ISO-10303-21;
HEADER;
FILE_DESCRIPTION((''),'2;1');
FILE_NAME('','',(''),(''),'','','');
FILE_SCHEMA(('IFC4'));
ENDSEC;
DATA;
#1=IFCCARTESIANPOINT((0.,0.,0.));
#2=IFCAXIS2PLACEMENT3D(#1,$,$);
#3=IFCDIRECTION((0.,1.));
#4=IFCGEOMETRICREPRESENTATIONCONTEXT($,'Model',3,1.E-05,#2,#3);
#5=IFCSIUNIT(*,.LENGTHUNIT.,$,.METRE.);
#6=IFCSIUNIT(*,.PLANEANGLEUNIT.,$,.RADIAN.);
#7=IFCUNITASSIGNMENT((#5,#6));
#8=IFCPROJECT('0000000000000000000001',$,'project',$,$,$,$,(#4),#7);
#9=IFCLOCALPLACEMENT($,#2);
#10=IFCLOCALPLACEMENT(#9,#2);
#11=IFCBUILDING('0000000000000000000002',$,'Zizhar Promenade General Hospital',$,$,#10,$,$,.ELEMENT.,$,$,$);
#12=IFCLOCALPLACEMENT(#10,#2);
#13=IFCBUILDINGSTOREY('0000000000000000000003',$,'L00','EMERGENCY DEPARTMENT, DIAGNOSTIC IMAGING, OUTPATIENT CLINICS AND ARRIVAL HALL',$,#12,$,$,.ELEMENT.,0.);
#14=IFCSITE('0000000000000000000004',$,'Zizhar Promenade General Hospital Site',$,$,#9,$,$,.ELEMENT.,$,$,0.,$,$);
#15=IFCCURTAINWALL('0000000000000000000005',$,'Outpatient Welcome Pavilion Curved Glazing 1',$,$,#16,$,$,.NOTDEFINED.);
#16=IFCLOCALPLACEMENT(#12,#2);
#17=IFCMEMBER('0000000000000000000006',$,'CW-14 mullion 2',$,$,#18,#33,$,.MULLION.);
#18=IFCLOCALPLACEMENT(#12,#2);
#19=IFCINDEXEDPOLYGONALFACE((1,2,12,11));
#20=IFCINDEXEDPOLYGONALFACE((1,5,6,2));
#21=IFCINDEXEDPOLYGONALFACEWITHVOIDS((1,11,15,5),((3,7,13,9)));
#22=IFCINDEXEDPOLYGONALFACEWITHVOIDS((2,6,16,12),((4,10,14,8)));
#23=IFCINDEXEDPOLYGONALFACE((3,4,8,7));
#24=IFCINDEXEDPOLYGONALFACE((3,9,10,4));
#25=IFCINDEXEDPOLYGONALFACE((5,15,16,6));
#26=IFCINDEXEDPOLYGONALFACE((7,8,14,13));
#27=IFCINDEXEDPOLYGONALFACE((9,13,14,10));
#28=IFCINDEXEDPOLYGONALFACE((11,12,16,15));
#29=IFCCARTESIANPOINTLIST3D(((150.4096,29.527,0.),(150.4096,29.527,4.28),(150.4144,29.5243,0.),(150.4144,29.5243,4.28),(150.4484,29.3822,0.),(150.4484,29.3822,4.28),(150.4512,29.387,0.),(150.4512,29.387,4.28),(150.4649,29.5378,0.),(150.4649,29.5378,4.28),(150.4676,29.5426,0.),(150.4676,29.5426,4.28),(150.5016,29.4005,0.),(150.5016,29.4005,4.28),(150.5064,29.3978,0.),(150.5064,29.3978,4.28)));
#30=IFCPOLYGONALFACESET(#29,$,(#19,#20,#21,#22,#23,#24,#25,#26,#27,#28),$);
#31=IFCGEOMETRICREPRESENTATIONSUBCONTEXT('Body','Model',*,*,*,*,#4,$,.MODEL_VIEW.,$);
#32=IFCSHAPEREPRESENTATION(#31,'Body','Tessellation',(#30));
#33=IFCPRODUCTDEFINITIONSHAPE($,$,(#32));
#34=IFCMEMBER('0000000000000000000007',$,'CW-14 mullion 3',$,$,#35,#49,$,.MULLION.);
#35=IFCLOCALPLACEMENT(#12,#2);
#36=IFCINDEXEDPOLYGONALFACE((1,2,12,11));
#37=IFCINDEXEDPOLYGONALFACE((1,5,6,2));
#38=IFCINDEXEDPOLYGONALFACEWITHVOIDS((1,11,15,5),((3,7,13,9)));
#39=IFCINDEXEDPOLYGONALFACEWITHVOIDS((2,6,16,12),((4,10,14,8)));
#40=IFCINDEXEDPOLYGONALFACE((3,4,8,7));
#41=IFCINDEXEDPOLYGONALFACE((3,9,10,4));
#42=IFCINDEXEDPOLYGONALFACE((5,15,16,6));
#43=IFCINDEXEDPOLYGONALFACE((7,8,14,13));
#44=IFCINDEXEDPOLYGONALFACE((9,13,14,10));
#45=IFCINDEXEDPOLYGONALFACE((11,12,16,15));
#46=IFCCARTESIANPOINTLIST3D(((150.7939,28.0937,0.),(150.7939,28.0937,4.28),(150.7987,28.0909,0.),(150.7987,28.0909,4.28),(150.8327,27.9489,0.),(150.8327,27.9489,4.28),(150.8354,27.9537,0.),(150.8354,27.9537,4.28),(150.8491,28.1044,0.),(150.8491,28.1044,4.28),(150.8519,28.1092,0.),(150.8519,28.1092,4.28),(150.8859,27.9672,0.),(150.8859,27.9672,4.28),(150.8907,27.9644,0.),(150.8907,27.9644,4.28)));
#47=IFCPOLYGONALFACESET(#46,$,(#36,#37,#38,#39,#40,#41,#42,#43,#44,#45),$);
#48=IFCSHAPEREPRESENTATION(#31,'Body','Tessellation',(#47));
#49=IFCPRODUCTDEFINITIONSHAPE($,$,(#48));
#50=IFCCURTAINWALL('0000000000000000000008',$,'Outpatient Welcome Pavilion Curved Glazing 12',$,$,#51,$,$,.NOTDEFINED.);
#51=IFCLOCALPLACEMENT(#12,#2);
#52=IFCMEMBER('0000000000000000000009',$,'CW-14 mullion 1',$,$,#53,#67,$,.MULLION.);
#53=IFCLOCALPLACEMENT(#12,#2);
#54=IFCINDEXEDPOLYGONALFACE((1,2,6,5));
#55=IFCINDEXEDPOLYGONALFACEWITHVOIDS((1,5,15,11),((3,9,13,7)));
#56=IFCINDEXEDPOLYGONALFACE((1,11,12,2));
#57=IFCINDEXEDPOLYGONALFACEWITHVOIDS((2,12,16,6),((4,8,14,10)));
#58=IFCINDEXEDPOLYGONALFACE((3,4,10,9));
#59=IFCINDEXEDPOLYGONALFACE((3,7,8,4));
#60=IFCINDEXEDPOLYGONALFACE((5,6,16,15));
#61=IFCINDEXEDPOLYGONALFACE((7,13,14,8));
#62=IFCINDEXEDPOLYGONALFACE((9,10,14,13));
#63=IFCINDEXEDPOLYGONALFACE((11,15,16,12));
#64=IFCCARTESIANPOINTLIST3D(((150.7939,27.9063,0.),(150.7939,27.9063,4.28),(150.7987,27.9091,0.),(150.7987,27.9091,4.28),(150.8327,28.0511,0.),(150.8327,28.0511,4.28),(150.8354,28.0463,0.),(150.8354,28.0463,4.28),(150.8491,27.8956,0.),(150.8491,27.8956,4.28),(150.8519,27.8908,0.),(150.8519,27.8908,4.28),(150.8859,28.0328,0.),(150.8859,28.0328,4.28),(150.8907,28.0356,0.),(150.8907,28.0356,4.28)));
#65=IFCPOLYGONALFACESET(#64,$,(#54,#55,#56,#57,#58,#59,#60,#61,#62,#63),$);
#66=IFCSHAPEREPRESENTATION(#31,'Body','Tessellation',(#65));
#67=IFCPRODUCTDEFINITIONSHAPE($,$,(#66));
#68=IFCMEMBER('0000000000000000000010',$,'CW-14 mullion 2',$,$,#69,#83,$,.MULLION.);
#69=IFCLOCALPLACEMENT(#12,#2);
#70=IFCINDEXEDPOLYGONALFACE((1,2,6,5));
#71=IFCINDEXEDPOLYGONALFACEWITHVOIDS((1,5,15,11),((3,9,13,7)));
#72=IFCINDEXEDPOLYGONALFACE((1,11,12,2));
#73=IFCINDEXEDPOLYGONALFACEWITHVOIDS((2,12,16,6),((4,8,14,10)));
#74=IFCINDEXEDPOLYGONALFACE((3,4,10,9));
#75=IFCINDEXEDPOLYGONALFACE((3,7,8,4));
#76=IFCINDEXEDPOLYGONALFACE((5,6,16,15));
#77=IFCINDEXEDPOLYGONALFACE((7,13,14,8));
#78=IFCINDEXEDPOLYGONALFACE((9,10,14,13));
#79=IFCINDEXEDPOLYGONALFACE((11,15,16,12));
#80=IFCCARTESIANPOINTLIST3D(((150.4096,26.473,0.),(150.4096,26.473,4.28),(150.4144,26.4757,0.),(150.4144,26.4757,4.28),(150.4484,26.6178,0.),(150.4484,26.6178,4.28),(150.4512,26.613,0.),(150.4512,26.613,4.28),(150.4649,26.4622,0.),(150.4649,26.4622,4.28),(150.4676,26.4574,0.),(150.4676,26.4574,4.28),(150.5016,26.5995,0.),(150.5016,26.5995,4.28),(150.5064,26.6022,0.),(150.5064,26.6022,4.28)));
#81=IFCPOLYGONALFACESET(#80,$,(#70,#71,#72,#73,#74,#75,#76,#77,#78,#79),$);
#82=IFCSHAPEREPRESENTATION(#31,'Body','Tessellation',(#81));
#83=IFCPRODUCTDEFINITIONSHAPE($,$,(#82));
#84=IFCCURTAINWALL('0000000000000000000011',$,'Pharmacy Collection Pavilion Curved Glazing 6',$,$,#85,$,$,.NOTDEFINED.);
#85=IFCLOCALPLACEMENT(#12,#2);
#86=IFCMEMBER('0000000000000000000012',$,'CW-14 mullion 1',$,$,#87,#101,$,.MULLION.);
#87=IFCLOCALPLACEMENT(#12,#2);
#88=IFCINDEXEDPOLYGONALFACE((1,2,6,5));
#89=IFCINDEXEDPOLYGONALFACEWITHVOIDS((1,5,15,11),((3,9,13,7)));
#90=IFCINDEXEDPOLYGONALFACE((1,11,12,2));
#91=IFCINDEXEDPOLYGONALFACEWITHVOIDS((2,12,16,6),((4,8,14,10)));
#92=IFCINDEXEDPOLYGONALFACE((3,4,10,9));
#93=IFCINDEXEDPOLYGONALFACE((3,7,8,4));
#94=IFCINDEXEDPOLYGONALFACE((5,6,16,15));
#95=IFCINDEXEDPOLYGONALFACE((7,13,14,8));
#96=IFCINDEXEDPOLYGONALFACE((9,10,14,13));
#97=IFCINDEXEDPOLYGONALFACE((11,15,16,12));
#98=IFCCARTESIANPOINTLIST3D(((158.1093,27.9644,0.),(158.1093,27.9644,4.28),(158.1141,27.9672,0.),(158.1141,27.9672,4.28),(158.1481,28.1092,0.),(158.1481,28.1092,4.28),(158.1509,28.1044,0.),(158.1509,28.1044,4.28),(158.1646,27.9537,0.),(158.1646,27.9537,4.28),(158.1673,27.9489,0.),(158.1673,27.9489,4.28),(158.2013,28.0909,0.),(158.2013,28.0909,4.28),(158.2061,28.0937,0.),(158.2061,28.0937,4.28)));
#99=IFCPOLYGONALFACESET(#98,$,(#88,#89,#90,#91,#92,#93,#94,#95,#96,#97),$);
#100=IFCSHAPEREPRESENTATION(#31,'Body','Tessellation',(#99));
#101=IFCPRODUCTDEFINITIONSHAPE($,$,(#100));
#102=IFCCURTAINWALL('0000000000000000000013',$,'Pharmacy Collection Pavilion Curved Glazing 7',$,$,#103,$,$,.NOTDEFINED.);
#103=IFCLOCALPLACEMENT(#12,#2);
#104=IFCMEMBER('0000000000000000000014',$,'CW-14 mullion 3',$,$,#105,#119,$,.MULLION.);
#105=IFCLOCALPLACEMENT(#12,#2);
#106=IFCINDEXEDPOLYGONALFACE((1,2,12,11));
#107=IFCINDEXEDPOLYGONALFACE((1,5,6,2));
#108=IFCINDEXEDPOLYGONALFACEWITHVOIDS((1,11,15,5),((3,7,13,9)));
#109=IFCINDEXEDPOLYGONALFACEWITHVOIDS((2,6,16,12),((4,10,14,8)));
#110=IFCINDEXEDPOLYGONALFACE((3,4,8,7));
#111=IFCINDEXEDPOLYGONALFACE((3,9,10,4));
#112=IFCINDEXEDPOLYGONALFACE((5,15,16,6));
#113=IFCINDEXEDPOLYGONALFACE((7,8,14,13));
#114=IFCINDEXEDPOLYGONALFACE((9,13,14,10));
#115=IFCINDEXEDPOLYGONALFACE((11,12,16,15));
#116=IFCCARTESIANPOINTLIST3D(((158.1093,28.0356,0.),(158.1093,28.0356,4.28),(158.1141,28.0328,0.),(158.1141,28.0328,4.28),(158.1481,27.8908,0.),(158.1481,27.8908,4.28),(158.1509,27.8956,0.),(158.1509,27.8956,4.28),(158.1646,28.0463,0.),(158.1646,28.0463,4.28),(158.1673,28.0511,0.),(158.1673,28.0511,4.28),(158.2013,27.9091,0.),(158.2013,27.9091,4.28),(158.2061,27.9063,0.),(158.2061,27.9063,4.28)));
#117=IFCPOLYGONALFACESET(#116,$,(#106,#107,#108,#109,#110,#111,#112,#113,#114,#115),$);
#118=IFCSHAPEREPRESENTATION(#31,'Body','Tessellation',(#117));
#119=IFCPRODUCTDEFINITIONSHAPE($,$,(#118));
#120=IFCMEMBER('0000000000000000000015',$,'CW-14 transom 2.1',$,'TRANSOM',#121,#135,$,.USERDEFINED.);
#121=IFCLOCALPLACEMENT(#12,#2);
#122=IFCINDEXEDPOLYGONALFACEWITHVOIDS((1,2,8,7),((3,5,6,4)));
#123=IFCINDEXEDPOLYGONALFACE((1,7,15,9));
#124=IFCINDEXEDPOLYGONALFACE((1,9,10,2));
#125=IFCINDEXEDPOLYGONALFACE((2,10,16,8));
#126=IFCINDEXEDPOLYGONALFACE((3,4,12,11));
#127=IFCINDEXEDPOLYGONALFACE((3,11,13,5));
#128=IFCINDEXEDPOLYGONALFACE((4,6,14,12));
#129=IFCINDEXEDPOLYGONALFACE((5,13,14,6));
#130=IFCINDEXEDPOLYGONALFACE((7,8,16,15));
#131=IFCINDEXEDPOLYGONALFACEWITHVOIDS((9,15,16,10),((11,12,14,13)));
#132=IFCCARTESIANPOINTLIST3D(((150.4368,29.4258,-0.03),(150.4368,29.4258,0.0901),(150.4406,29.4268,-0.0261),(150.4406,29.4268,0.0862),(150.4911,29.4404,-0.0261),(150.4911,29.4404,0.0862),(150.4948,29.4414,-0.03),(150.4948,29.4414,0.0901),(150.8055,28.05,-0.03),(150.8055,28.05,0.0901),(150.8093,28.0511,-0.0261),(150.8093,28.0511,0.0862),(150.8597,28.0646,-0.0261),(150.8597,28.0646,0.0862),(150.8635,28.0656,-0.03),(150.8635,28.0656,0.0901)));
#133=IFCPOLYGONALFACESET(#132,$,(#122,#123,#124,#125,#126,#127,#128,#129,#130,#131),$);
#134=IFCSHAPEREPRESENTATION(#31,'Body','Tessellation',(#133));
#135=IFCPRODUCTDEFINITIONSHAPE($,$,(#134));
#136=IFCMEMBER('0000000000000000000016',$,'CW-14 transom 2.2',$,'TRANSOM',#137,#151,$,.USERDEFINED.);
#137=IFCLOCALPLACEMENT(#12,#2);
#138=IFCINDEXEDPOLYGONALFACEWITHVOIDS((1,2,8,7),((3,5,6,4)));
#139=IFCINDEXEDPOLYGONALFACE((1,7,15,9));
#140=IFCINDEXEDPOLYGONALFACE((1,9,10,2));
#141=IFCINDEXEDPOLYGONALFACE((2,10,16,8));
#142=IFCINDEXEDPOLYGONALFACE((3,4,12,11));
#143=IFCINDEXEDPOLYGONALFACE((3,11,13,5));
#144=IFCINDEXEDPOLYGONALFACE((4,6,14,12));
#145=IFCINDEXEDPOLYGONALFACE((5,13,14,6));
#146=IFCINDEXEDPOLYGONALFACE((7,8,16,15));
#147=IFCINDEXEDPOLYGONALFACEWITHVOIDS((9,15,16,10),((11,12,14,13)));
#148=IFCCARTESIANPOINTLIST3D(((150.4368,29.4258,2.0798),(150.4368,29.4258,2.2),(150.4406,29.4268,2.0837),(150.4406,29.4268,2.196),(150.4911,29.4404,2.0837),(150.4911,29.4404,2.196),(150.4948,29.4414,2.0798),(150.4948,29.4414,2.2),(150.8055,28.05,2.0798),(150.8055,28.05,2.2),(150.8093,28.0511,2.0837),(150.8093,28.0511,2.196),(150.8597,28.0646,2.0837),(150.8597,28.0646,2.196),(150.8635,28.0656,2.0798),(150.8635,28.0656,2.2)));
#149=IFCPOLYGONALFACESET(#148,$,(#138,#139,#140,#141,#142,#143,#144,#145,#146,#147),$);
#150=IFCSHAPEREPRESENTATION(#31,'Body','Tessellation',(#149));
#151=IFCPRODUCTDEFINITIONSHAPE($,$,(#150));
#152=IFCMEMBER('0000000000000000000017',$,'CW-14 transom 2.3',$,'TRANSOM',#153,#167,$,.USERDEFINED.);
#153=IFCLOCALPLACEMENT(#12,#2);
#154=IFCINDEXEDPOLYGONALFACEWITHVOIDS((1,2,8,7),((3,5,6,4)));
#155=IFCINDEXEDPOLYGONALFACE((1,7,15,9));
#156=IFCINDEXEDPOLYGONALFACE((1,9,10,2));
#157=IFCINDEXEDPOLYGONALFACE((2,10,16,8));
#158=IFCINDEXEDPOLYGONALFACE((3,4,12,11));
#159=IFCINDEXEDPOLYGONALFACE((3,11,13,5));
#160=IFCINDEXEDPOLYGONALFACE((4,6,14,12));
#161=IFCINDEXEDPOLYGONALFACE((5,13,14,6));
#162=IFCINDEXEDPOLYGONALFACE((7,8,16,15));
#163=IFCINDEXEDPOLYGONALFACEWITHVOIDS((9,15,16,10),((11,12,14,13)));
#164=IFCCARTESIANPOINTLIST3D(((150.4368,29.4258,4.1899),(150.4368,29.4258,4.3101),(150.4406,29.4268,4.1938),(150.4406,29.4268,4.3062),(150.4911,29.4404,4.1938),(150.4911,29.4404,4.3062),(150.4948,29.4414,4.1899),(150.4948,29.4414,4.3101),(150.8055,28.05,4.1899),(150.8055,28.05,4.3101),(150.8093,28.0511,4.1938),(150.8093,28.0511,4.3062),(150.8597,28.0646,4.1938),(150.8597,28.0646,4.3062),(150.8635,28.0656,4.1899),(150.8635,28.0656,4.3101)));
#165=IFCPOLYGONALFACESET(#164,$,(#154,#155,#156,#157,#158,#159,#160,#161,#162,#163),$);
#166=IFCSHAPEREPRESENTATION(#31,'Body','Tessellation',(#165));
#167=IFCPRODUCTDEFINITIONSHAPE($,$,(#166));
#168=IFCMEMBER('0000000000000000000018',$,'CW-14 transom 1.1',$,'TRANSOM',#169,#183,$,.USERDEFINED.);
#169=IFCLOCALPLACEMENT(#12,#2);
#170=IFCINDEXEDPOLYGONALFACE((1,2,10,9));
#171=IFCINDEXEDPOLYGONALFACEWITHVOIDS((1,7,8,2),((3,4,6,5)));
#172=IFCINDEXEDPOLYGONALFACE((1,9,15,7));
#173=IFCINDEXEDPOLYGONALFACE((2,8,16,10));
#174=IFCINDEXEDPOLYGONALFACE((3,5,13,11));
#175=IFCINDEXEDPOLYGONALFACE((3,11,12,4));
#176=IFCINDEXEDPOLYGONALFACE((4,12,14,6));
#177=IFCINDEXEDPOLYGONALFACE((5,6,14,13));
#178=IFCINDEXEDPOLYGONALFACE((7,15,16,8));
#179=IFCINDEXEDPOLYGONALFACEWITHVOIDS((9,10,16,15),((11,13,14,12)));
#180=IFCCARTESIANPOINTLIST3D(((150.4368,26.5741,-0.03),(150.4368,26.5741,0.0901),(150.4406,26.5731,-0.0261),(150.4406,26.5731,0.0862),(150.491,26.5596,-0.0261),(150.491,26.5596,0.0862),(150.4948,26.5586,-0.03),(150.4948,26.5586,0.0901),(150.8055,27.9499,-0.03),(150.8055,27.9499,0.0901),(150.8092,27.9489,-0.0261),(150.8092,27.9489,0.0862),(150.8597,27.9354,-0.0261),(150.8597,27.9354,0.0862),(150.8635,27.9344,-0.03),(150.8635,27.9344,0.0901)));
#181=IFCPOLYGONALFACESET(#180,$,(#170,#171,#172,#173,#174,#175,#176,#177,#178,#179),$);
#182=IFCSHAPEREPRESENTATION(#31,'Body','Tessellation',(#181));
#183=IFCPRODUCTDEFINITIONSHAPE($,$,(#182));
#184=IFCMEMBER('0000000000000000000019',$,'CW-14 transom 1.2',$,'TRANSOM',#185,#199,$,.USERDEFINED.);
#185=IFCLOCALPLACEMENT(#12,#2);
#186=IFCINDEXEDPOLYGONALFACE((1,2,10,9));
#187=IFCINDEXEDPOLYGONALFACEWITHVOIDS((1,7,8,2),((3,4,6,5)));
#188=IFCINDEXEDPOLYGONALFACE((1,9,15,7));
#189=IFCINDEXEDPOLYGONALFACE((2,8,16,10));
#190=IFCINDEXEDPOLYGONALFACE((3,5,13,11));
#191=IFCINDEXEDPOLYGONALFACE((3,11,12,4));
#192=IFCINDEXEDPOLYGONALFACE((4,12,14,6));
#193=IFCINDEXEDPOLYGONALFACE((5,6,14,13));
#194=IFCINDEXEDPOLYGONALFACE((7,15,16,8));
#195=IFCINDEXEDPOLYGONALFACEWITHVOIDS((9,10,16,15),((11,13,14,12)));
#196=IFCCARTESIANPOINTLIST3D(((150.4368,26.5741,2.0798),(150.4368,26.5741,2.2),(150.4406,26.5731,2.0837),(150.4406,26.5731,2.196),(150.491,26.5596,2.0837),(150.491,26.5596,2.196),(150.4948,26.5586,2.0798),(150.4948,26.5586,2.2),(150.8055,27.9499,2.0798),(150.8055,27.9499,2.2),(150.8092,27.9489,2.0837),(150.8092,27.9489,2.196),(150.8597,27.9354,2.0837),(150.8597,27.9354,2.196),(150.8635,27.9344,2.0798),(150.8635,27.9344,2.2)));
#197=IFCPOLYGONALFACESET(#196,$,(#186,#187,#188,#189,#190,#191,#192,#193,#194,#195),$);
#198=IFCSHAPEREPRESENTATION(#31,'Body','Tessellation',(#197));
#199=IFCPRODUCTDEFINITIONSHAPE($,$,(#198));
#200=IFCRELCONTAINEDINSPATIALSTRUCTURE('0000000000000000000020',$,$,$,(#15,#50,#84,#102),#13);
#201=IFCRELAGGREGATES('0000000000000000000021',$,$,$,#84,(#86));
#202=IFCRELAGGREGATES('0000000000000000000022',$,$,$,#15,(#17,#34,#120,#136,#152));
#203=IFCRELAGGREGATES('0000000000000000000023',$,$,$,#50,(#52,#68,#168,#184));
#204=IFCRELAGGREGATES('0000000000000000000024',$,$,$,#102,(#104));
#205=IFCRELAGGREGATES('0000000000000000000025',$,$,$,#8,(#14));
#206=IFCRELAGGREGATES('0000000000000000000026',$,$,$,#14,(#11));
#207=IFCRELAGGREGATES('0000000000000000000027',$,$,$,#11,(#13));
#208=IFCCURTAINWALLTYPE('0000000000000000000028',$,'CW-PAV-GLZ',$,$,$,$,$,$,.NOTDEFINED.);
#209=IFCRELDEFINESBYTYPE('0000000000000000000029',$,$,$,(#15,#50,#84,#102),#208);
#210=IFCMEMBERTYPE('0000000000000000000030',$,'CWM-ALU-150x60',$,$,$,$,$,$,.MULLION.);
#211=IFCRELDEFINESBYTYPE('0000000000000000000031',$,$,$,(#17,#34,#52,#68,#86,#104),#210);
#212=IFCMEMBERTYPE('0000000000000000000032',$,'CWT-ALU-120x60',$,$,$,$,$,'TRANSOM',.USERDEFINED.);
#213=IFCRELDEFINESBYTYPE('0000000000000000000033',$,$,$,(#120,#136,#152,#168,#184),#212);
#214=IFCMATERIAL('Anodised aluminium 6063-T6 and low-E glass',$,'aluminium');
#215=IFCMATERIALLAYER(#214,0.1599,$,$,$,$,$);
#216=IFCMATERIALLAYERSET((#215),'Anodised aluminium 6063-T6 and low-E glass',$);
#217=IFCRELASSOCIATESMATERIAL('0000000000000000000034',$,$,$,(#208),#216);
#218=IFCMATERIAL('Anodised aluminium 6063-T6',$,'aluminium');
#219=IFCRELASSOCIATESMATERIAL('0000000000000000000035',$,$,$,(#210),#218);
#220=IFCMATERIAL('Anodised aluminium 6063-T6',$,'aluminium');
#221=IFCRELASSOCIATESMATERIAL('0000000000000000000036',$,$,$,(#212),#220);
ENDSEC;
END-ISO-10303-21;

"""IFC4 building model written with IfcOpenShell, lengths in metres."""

from ifc_helpers import new_model, si_unit, direction, frame, origin, origin_2d, place, context, subcontext, project, spatial, hollow_rectangle, extrude, material, layer, layer_set, material_profile, profile_set, type_object, element, aggregate, save


model = new_model("IFC4")

# Units and contexts
model_context = context("Model", 3, precision=1e-05, world=origin(), true_north=direction((0.0, 1.0)))
body_context = subcontext(model_context, "Body", "Model", "MODEL_VIEW")
ifc_project = project(units=[si_unit("LENGTHUNIT", "METRE"), si_unit("PLANEANGLEUNIT", "RADIAN")], contexts=[model_context])

# Site, building, storey
site_placement = place(None, origin())
site = spatial("IfcSite", under=ifc_project, at=site_placement, Name="Zizhar Promenade General Hospital Site", CompositionType="ELEMENT", RefElevation=0.0)
building_placement = place(site_placement, origin())
building = spatial("IfcBuilding", under=site, at=building_placement, Name="Zizhar Promenade General Hospital", CompositionType="ELEMENT")
storey_placement = place(building_placement, origin())
storey = spatial("IfcBuildingStorey", under=building, at=storey_placement, Name="L00", Description="EMERGENCY DEPARTMENT, DIAGNOSTIC IMAGING, OUTPATIENT CLINICS AND ARRIVAL HALL", CompositionType="ELEMENT", Elevation=0.0)

# Curtain walls, members
ifc_material_1 = material(Name="Anodised aluminium 6063-T6 and low-E glass", Category="aluminium")
ifc_layer_1 = layer(ifc_material_1, 0.1599)
ifc_layer_set_1 = layer_set([ifc_layer_1], Name="Anodised aluminium 6063-T6 and low-E glass")
curtain_wall_type = type_object("IfcCurtainWallType", Name="CW-PAV-GLZ", PredefinedType="NOTDEFINED", material=ifc_layer_set_1)
curtain_wall_1_placement = place(storey_placement, origin())
curtain_wall_1 = element("IfcCurtainWall", 1, at=curtain_wall_1_placement, inside=storey, type_object=curtain_wall_type, Name="Outpatient Welcome Pavilion Curved Glazing 1", PredefinedType="NOTDEFINED")
ifc_material_2 = material(Name="Anodised aluminium 6063-T6", Category="aluminium")
ifc_material_profile_1 = material_profile(ifc_material_2, hollow_rectangle(XDim=0.0601, YDim=0.1499, WallThickness=0.0039, at=origin_2d()))
ifc_profile_set_1 = profile_set([ifc_material_profile_1], Name="Anodised aluminium 6063-T6")
member_type_1 = type_object("IfcMemberType", Name="CWM-ALU-150x60", PredefinedType="MULLION", material=ifc_profile_set_1)
member_1_placement = place(storey_placement, frame((150.458, 29.4624, 0.0), z_axis=(0.0, 0.0, 1.0), x_axis=(0.965922, 0.258834, 0.0)))
member_1 = element("IfcMember", 2, at=member_1_placement, type_object=member_type_1, Name="CW-14 mullion 2", PredefinedType="MULLION", context=body_context, shape_type="SweptSolid", body=[
    extrude(hollow_rectangle(XDim=0.0601, YDim=0.1499, WallThickness=0.0039, at=origin_2d()), origin(), (0.0, 0.0, 1.0), 4.28),
])
member_2_placement = place(storey_placement, frame((150.8423, 28.0291, 0.0), z_axis=(0.0, 0.0, 1.0), x_axis=(0.965922, 0.258834, 0.0)))
member_2 = element("IfcMember", 3, at=member_2_placement, type_object=member_type_1, Name="CW-14 mullion 3", PredefinedType="MULLION", context=body_context, shape_type="SweptSolid", body=[
    extrude(hollow_rectangle(XDim=0.0601, YDim=0.1499, WallThickness=0.0039, at=origin_2d()), origin(), (0.0, 0.0, 1.0), 4.28),
])
curtain_wall_2_placement = place(storey_placement, origin())
curtain_wall_2 = element("IfcCurtainWall", 4, at=curtain_wall_2_placement, inside=storey, type_object=curtain_wall_type, Name="Outpatient Welcome Pavilion Curved Glazing 12", PredefinedType="NOTDEFINED")
member_3_placement = place(storey_placement, frame((150.8423, 27.9709, 0.0), z_axis=(0.0, 0.0, 1.0), x_axis=(0.965922, -0.258834, 0.0)))
member_3 = element("IfcMember", 5, at=member_3_placement, type_object=member_type_1, Name="CW-14 mullion 1", PredefinedType="MULLION", context=body_context, shape_type="SweptSolid", body=[
    extrude(hollow_rectangle(XDim=0.0601, YDim=0.1499, WallThickness=0.0039, at=origin_2d()), origin(), (0.0, 0.0, 1.0), 4.28),
])
member_4_placement = place(storey_placement, frame((150.458, 26.5376, 0.0), z_axis=(0.0, 0.0, 1.0), x_axis=(0.965922, -0.258834, 0.0)))
member_4 = element("IfcMember", 6, at=member_4_placement, type_object=member_type_1, Name="CW-14 mullion 2", PredefinedType="MULLION", context=body_context, shape_type="SweptSolid", body=[
    extrude(hollow_rectangle(XDim=0.0601, YDim=0.1499, WallThickness=0.0039, at=origin_2d()), origin(), (0.0, 0.0, 1.0), 4.28),
])

# Curtain walls, members
curtain_wall_3_placement = place(storey_placement, origin())
curtain_wall_3 = element("IfcCurtainWall", 7, at=curtain_wall_3_placement, inside=storey, type_object=curtain_wall_type, Name="Pharmacy Collection Pavilion Curved Glazing 6", PredefinedType="NOTDEFINED")
member_5_placement = place(storey_placement, frame((158.1577, 28.0291, 0.0), z_axis=(0.0, 0.0, 1.0), x_axis=(-0.965922, 0.258834, 0.0)))
member_5 = element("IfcMember", 8, at=member_5_placement, type_object=member_type_1, Name="CW-14 mullion 1", PredefinedType="MULLION", context=body_context, shape_type="SweptSolid", body=[
    extrude(hollow_rectangle(XDim=0.0601, YDim=0.1499, WallThickness=0.0039, at=origin_2d()), origin(), (0.0, 0.0, 1.0), 4.28),
])
curtain_wall_4_placement = place(storey_placement, origin())
curtain_wall_4 = element("IfcCurtainWall", 9, at=curtain_wall_4_placement, inside=storey, type_object=curtain_wall_type, Name="Pharmacy Collection Pavilion Curved Glazing 7", PredefinedType="NOTDEFINED")
member_6_placement = place(storey_placement, frame((158.1577, 27.9709, 0.0), z_axis=(0.0, 0.0, 1.0), x_axis=(-0.965922, -0.258834, 0.0)))
member_6 = element("IfcMember", 10, at=member_6_placement, type_object=member_type_1, Name="CW-14 mullion 3", PredefinedType="MULLION", context=body_context, shape_type="SweptSolid", body=[
    extrude(hollow_rectangle(XDim=0.0601, YDim=0.1499, WallThickness=0.0039, at=origin_2d()), origin(), (0.0, 0.0, 1.0), 4.28),
])

# Members
ifc_material_3 = material(Name="Anodised aluminium 6063-T6", Category="aluminium")
ifc_material_profile_2 = material_profile(ifc_material_3, hollow_rectangle(XDim=0.0601, YDim=0.1201, WallThickness=0.0039, at=origin_2d()))
ifc_profile_set_2 = profile_set([ifc_material_profile_2], Name="Anodised aluminium 6063-T6")
member_type_2 = type_object("IfcMemberType", Name="CWT-ALU-120x60", ElementType="TRANSOM", PredefinedType="USERDEFINED", material=ifc_profile_set_2)
member_7_placement = place(storey_placement, frame((150.4658, 29.4336, 0.03), z_axis=(0.258836, -0.965921, 0.0), x_axis=(0.965921, 0.258836, 0.0)))
member_7 = element("IfcMember", 11, at=member_7_placement, type_object=member_type_2, Name="CW-14 transom 2.1", ObjectType="TRANSOM", PredefinedType="USERDEFINED", context=body_context, shape_type="SweptSolid", body=[
    extrude(hollow_rectangle(XDim=0.0601, YDim=0.1201, WallThickness=0.0039, at=origin_2d()), origin(), (0.0, 0.0, 1.0), 1.4243),
])
member_8_placement = place(storey_placement, frame((150.4658, 29.4336, 2.1399), z_axis=(0.258836, -0.965921, 0.0), x_axis=(0.965921, 0.258836, 0.0)))
member_8 = element("IfcMember", 12, at=member_8_placement, type_object=member_type_2, Name="CW-14 transom 2.2", ObjectType="TRANSOM", PredefinedType="USERDEFINED", context=body_context, shape_type="SweptSolid", body=[
    extrude(hollow_rectangle(XDim=0.0601, YDim=0.1201, WallThickness=0.0039, at=origin_2d()), origin(), (0.0, 0.0, 1.0), 1.4243),
])
member_9_placement = place(storey_placement, frame((150.4658, 29.4336, 4.25), z_axis=(0.258836, -0.965921, 0.0), x_axis=(0.965921, 0.258836, 0.0)))
member_9 = element("IfcMember", 13, at=member_9_placement, type_object=member_type_2, Name="CW-14 transom 2.3", ObjectType="TRANSOM", PredefinedType="USERDEFINED", context=body_context, shape_type="SweptSolid", body=[
    extrude(hollow_rectangle(XDim=0.0601, YDim=0.1201, WallThickness=0.0039, at=origin_2d()), origin(), (0.0, 0.0, 1.0), 1.4243),
])
member_10_placement = place(storey_placement, frame((150.8345, 27.9421, 0.03), z_axis=(-0.258836, -0.965921, 0.0), x_axis=(0.965921, -0.258836, 0.0)))
member_10 = element("IfcMember", 14, at=member_10_placement, type_object=member_type_2, Name="CW-14 transom 1.1", ObjectType="TRANSOM", PredefinedType="USERDEFINED", context=body_context, shape_type="SweptSolid", body=[
    extrude(hollow_rectangle(XDim=0.0601, YDim=0.1201, WallThickness=0.0039, at=origin_2d()), origin(), (0.0, 0.0, 1.0), 1.4243),
])
member_11_placement = place(storey_placement, frame((150.8345, 27.9421, 2.1399), z_axis=(-0.258836, -0.965921, 0.0), x_axis=(0.965921, -0.258836, 0.0)))
member_11 = element("IfcMember", 15, at=member_11_placement, type_object=member_type_2, Name="CW-14 transom 1.2", ObjectType="TRANSOM", PredefinedType="USERDEFINED", context=body_context, shape_type="SweptSolid", body=[
    extrude(hollow_rectangle(XDim=0.0601, YDim=0.1201, WallThickness=0.0039, at=origin_2d()), origin(), (0.0, 0.0, 1.0), 1.4243),
])
aggregate(curtain_wall_3, [member_5])

aggregate(curtain_wall_1, [member_1, member_2, member_7, member_8, member_9])
aggregate(curtain_wall_2, [member_3, member_4, member_10, member_11])
aggregate(curtain_wall_4, [member_6])

save(model, "model.ifc")
